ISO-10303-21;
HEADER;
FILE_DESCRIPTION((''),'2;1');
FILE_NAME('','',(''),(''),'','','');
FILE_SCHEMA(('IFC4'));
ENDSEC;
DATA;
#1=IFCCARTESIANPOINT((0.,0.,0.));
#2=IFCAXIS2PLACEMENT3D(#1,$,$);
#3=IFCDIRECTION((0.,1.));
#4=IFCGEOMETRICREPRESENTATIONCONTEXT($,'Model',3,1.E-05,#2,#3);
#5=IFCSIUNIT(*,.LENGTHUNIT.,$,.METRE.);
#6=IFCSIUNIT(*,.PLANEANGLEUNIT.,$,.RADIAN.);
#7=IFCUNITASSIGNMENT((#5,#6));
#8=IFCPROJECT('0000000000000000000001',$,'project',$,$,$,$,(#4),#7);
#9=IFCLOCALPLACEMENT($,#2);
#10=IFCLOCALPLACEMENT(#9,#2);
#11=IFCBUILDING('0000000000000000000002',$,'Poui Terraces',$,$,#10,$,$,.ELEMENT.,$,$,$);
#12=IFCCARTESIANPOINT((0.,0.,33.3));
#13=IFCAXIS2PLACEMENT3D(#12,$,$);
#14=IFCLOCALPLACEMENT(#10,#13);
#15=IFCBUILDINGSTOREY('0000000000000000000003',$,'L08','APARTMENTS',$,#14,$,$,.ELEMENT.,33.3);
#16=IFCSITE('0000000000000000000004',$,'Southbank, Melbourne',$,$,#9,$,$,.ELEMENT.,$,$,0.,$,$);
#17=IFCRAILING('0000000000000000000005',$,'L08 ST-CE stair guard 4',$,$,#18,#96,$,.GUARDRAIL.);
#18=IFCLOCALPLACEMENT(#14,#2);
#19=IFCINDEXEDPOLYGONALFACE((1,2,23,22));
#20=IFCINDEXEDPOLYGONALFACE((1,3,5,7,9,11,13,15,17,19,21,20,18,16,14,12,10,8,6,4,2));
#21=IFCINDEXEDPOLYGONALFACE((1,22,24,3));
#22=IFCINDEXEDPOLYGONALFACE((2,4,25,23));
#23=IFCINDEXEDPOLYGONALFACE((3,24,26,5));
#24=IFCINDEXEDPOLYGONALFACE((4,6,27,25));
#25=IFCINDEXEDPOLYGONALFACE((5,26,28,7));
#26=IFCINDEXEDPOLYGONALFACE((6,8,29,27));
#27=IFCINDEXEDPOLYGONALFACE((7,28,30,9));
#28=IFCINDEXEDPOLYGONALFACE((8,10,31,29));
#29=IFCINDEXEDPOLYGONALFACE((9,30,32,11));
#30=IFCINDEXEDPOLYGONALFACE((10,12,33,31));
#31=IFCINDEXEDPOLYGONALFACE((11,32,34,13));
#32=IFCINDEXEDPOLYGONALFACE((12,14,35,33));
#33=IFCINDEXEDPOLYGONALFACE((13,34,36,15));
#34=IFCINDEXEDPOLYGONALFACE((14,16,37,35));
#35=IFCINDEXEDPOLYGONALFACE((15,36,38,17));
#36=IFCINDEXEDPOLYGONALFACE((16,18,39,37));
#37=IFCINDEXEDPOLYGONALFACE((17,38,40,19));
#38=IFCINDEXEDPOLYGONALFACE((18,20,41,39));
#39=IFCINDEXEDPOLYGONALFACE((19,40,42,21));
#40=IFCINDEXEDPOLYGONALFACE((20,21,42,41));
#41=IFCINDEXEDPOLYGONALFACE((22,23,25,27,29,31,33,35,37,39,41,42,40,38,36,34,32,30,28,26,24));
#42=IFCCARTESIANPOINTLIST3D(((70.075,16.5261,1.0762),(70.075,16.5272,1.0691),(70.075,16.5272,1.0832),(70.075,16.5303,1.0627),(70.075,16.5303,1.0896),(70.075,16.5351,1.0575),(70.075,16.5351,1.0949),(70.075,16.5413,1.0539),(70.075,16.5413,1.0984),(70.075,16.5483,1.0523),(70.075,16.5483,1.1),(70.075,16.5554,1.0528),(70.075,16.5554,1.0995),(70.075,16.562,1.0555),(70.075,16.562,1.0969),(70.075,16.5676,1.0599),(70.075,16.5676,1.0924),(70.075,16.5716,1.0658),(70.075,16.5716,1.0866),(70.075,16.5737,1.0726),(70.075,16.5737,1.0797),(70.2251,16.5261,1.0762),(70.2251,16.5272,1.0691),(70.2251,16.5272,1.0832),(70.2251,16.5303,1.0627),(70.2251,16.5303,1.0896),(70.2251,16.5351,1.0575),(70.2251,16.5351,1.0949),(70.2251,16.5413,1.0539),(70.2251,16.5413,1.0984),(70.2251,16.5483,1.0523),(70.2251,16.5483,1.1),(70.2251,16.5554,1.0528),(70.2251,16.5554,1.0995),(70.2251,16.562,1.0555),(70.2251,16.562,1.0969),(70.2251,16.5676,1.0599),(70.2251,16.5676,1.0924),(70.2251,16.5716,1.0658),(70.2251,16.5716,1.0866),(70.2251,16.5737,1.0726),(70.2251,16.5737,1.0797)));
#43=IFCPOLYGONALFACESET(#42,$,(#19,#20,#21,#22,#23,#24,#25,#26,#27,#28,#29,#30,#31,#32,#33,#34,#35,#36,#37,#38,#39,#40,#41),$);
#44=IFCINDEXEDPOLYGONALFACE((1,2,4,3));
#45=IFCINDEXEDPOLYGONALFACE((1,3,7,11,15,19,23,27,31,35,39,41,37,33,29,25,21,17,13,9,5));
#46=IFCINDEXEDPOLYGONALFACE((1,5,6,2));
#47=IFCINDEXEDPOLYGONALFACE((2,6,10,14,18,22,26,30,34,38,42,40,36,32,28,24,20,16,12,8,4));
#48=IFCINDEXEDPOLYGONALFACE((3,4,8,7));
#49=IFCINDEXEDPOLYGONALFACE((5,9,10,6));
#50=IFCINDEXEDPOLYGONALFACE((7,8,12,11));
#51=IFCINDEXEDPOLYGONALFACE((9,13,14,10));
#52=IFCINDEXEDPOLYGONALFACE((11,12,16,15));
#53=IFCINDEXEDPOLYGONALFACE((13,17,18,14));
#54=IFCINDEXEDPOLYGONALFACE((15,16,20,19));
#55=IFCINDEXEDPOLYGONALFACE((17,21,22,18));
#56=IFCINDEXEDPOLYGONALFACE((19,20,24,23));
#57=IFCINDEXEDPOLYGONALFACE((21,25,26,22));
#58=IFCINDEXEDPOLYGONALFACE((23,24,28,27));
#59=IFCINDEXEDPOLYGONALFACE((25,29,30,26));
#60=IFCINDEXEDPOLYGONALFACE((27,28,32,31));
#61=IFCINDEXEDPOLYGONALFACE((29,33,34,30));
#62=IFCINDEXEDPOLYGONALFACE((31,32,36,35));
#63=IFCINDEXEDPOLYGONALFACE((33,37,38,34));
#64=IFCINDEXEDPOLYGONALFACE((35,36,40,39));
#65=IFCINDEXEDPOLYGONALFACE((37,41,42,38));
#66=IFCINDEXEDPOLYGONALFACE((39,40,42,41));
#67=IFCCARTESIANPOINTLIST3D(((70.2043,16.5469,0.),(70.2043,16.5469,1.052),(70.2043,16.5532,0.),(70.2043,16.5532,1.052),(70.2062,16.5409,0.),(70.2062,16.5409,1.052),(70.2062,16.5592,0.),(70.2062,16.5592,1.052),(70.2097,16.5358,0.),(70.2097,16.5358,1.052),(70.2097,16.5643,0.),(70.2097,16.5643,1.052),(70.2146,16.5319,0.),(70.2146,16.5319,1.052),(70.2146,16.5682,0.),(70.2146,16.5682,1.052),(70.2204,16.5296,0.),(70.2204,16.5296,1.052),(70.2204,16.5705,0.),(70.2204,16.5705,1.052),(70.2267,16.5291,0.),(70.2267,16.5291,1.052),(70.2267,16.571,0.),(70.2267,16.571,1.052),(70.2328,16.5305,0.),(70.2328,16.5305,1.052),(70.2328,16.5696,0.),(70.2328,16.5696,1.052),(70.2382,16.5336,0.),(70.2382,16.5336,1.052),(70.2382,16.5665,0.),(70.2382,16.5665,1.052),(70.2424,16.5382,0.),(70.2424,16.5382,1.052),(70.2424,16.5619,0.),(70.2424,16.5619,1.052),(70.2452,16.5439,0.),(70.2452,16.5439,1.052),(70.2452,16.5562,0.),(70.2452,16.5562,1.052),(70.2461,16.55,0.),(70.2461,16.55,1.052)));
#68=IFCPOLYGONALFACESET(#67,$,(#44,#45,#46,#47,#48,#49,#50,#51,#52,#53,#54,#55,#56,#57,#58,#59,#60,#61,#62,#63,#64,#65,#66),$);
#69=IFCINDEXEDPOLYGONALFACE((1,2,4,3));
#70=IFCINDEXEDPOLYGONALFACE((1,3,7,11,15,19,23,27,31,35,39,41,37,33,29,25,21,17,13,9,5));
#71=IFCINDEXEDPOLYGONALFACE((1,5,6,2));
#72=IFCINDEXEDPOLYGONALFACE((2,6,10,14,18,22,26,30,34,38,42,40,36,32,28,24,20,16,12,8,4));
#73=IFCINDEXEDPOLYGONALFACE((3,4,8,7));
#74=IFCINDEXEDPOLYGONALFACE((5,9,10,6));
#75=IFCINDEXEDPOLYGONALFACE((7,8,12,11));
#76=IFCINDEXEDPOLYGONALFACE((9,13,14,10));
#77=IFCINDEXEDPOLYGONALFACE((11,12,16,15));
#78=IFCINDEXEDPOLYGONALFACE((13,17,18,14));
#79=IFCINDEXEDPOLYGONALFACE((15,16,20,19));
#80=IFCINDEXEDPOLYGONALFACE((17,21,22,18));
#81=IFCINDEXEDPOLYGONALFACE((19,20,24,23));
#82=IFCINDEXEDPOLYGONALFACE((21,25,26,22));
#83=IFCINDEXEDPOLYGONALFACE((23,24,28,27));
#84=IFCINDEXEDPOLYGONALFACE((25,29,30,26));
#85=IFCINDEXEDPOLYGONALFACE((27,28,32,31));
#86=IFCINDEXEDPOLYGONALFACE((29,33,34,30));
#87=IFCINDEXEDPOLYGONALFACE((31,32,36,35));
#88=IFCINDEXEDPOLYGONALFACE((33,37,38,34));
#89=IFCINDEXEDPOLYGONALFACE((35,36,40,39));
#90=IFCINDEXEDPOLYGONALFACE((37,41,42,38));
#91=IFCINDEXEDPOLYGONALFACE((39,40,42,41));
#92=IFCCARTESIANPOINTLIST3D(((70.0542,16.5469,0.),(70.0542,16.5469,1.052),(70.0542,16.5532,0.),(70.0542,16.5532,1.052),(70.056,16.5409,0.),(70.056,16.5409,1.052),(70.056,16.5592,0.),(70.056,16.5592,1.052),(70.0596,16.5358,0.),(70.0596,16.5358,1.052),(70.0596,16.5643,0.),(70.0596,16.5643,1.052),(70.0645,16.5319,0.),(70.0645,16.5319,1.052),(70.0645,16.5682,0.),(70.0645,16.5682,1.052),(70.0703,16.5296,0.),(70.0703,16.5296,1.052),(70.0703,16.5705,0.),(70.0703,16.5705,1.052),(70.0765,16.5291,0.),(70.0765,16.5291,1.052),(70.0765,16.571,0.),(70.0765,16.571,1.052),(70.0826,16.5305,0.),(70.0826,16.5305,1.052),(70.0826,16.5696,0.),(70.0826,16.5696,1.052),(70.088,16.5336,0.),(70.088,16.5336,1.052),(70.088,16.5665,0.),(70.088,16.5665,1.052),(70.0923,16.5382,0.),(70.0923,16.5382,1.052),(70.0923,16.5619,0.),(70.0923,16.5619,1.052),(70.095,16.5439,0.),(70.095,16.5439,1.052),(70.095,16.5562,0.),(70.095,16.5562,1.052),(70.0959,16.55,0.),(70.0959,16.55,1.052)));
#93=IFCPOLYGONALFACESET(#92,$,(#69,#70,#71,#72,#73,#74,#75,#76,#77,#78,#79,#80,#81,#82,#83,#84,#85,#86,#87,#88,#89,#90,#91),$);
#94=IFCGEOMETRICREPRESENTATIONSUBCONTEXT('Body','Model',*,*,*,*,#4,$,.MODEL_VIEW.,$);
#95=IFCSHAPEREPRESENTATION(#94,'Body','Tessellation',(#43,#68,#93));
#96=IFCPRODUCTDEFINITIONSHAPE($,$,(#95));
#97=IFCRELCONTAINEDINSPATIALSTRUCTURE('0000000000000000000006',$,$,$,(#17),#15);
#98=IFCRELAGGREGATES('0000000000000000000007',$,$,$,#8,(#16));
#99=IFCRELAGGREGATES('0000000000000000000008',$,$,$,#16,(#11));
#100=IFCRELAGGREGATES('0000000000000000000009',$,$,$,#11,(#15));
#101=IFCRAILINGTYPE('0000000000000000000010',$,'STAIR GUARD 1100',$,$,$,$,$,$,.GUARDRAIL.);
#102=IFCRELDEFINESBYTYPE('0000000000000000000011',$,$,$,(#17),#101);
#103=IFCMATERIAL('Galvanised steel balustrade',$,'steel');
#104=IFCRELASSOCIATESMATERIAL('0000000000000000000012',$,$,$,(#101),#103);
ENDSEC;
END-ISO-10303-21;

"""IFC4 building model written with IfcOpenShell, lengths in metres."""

from ifc_helpers import new_model, si_unit, direction, frame, origin, origin_2d, place, context, subcontext, project, spatial, circle, extrude, material, type_object, element, save


model = new_model("IFC4")

# Units and contexts
model_context = context("Model", 3, precision=1e-05, world=origin(), true_north=direction((0.0, 1.0)))
body_context = subcontext(model_context, "Body", "Model", "MODEL_VIEW")
ifc_project = project(units=[si_unit("LENGTHUNIT", "METRE"), si_unit("PLANEANGLEUNIT", "RADIAN")], contexts=[model_context])

# Site, building, storey
site_placement = place(None, origin())
site = spatial("IfcSite", under=ifc_project, at=site_placement, Name="Southbank, Melbourne", CompositionType="ELEMENT", RefElevation=0.0)
building_placement = place(site_placement, origin())
building = spatial("IfcBuilding", under=site, at=building_placement, Name="Poui Terraces", CompositionType="ELEMENT")
storey_placement = place(building_placement, frame((0.0, 0.0, 33.3)))
storey = spatial("IfcBuildingStorey", under=building, at=storey_placement, Name="L08", Description="APARTMENTS", CompositionType="ELEMENT", Elevation=33.3)

# Railing
ifc_material_1 = material(Name="Galvanised steel balustrade", Category="steel")
railing_type = type_object("IfcRailingType", Name="STAIR GUARD 1100", PredefinedType="GUARDRAIL", material=ifc_material_1)
railing_1_placement = place(storey_placement, frame((70.2251, 16.55, 0.0)))
element("IfcRailing", 1, at=railing_1_placement, inside=storey, type_object=railing_type, Name="L08 ST-CE stair guard 4", PredefinedType="GUARDRAIL", context=body_context, shape_type="SweptSolid", body=[
    extrude(circle(Radius=0.0239, at=origin_2d()), frame((0.0, 0.0, 1.0762), z_axis=(-1.0, 0.0, 0.0), x_axis=(0.0, -1.0, 0.0)), (0.0, 0.0, 1.0), 0.1501),
    extrude(circle(Radius=0.021, at=origin_2d()), origin(), (0.0, 0.0, 1.0), 1.052),
    extrude(circle(Radius=0.021, at=origin_2d()), frame((-0.1501, 0.0, 0.0)), (0.0, 0.0, 1.0), 1.052),
])

save(model, "model.ifc")
